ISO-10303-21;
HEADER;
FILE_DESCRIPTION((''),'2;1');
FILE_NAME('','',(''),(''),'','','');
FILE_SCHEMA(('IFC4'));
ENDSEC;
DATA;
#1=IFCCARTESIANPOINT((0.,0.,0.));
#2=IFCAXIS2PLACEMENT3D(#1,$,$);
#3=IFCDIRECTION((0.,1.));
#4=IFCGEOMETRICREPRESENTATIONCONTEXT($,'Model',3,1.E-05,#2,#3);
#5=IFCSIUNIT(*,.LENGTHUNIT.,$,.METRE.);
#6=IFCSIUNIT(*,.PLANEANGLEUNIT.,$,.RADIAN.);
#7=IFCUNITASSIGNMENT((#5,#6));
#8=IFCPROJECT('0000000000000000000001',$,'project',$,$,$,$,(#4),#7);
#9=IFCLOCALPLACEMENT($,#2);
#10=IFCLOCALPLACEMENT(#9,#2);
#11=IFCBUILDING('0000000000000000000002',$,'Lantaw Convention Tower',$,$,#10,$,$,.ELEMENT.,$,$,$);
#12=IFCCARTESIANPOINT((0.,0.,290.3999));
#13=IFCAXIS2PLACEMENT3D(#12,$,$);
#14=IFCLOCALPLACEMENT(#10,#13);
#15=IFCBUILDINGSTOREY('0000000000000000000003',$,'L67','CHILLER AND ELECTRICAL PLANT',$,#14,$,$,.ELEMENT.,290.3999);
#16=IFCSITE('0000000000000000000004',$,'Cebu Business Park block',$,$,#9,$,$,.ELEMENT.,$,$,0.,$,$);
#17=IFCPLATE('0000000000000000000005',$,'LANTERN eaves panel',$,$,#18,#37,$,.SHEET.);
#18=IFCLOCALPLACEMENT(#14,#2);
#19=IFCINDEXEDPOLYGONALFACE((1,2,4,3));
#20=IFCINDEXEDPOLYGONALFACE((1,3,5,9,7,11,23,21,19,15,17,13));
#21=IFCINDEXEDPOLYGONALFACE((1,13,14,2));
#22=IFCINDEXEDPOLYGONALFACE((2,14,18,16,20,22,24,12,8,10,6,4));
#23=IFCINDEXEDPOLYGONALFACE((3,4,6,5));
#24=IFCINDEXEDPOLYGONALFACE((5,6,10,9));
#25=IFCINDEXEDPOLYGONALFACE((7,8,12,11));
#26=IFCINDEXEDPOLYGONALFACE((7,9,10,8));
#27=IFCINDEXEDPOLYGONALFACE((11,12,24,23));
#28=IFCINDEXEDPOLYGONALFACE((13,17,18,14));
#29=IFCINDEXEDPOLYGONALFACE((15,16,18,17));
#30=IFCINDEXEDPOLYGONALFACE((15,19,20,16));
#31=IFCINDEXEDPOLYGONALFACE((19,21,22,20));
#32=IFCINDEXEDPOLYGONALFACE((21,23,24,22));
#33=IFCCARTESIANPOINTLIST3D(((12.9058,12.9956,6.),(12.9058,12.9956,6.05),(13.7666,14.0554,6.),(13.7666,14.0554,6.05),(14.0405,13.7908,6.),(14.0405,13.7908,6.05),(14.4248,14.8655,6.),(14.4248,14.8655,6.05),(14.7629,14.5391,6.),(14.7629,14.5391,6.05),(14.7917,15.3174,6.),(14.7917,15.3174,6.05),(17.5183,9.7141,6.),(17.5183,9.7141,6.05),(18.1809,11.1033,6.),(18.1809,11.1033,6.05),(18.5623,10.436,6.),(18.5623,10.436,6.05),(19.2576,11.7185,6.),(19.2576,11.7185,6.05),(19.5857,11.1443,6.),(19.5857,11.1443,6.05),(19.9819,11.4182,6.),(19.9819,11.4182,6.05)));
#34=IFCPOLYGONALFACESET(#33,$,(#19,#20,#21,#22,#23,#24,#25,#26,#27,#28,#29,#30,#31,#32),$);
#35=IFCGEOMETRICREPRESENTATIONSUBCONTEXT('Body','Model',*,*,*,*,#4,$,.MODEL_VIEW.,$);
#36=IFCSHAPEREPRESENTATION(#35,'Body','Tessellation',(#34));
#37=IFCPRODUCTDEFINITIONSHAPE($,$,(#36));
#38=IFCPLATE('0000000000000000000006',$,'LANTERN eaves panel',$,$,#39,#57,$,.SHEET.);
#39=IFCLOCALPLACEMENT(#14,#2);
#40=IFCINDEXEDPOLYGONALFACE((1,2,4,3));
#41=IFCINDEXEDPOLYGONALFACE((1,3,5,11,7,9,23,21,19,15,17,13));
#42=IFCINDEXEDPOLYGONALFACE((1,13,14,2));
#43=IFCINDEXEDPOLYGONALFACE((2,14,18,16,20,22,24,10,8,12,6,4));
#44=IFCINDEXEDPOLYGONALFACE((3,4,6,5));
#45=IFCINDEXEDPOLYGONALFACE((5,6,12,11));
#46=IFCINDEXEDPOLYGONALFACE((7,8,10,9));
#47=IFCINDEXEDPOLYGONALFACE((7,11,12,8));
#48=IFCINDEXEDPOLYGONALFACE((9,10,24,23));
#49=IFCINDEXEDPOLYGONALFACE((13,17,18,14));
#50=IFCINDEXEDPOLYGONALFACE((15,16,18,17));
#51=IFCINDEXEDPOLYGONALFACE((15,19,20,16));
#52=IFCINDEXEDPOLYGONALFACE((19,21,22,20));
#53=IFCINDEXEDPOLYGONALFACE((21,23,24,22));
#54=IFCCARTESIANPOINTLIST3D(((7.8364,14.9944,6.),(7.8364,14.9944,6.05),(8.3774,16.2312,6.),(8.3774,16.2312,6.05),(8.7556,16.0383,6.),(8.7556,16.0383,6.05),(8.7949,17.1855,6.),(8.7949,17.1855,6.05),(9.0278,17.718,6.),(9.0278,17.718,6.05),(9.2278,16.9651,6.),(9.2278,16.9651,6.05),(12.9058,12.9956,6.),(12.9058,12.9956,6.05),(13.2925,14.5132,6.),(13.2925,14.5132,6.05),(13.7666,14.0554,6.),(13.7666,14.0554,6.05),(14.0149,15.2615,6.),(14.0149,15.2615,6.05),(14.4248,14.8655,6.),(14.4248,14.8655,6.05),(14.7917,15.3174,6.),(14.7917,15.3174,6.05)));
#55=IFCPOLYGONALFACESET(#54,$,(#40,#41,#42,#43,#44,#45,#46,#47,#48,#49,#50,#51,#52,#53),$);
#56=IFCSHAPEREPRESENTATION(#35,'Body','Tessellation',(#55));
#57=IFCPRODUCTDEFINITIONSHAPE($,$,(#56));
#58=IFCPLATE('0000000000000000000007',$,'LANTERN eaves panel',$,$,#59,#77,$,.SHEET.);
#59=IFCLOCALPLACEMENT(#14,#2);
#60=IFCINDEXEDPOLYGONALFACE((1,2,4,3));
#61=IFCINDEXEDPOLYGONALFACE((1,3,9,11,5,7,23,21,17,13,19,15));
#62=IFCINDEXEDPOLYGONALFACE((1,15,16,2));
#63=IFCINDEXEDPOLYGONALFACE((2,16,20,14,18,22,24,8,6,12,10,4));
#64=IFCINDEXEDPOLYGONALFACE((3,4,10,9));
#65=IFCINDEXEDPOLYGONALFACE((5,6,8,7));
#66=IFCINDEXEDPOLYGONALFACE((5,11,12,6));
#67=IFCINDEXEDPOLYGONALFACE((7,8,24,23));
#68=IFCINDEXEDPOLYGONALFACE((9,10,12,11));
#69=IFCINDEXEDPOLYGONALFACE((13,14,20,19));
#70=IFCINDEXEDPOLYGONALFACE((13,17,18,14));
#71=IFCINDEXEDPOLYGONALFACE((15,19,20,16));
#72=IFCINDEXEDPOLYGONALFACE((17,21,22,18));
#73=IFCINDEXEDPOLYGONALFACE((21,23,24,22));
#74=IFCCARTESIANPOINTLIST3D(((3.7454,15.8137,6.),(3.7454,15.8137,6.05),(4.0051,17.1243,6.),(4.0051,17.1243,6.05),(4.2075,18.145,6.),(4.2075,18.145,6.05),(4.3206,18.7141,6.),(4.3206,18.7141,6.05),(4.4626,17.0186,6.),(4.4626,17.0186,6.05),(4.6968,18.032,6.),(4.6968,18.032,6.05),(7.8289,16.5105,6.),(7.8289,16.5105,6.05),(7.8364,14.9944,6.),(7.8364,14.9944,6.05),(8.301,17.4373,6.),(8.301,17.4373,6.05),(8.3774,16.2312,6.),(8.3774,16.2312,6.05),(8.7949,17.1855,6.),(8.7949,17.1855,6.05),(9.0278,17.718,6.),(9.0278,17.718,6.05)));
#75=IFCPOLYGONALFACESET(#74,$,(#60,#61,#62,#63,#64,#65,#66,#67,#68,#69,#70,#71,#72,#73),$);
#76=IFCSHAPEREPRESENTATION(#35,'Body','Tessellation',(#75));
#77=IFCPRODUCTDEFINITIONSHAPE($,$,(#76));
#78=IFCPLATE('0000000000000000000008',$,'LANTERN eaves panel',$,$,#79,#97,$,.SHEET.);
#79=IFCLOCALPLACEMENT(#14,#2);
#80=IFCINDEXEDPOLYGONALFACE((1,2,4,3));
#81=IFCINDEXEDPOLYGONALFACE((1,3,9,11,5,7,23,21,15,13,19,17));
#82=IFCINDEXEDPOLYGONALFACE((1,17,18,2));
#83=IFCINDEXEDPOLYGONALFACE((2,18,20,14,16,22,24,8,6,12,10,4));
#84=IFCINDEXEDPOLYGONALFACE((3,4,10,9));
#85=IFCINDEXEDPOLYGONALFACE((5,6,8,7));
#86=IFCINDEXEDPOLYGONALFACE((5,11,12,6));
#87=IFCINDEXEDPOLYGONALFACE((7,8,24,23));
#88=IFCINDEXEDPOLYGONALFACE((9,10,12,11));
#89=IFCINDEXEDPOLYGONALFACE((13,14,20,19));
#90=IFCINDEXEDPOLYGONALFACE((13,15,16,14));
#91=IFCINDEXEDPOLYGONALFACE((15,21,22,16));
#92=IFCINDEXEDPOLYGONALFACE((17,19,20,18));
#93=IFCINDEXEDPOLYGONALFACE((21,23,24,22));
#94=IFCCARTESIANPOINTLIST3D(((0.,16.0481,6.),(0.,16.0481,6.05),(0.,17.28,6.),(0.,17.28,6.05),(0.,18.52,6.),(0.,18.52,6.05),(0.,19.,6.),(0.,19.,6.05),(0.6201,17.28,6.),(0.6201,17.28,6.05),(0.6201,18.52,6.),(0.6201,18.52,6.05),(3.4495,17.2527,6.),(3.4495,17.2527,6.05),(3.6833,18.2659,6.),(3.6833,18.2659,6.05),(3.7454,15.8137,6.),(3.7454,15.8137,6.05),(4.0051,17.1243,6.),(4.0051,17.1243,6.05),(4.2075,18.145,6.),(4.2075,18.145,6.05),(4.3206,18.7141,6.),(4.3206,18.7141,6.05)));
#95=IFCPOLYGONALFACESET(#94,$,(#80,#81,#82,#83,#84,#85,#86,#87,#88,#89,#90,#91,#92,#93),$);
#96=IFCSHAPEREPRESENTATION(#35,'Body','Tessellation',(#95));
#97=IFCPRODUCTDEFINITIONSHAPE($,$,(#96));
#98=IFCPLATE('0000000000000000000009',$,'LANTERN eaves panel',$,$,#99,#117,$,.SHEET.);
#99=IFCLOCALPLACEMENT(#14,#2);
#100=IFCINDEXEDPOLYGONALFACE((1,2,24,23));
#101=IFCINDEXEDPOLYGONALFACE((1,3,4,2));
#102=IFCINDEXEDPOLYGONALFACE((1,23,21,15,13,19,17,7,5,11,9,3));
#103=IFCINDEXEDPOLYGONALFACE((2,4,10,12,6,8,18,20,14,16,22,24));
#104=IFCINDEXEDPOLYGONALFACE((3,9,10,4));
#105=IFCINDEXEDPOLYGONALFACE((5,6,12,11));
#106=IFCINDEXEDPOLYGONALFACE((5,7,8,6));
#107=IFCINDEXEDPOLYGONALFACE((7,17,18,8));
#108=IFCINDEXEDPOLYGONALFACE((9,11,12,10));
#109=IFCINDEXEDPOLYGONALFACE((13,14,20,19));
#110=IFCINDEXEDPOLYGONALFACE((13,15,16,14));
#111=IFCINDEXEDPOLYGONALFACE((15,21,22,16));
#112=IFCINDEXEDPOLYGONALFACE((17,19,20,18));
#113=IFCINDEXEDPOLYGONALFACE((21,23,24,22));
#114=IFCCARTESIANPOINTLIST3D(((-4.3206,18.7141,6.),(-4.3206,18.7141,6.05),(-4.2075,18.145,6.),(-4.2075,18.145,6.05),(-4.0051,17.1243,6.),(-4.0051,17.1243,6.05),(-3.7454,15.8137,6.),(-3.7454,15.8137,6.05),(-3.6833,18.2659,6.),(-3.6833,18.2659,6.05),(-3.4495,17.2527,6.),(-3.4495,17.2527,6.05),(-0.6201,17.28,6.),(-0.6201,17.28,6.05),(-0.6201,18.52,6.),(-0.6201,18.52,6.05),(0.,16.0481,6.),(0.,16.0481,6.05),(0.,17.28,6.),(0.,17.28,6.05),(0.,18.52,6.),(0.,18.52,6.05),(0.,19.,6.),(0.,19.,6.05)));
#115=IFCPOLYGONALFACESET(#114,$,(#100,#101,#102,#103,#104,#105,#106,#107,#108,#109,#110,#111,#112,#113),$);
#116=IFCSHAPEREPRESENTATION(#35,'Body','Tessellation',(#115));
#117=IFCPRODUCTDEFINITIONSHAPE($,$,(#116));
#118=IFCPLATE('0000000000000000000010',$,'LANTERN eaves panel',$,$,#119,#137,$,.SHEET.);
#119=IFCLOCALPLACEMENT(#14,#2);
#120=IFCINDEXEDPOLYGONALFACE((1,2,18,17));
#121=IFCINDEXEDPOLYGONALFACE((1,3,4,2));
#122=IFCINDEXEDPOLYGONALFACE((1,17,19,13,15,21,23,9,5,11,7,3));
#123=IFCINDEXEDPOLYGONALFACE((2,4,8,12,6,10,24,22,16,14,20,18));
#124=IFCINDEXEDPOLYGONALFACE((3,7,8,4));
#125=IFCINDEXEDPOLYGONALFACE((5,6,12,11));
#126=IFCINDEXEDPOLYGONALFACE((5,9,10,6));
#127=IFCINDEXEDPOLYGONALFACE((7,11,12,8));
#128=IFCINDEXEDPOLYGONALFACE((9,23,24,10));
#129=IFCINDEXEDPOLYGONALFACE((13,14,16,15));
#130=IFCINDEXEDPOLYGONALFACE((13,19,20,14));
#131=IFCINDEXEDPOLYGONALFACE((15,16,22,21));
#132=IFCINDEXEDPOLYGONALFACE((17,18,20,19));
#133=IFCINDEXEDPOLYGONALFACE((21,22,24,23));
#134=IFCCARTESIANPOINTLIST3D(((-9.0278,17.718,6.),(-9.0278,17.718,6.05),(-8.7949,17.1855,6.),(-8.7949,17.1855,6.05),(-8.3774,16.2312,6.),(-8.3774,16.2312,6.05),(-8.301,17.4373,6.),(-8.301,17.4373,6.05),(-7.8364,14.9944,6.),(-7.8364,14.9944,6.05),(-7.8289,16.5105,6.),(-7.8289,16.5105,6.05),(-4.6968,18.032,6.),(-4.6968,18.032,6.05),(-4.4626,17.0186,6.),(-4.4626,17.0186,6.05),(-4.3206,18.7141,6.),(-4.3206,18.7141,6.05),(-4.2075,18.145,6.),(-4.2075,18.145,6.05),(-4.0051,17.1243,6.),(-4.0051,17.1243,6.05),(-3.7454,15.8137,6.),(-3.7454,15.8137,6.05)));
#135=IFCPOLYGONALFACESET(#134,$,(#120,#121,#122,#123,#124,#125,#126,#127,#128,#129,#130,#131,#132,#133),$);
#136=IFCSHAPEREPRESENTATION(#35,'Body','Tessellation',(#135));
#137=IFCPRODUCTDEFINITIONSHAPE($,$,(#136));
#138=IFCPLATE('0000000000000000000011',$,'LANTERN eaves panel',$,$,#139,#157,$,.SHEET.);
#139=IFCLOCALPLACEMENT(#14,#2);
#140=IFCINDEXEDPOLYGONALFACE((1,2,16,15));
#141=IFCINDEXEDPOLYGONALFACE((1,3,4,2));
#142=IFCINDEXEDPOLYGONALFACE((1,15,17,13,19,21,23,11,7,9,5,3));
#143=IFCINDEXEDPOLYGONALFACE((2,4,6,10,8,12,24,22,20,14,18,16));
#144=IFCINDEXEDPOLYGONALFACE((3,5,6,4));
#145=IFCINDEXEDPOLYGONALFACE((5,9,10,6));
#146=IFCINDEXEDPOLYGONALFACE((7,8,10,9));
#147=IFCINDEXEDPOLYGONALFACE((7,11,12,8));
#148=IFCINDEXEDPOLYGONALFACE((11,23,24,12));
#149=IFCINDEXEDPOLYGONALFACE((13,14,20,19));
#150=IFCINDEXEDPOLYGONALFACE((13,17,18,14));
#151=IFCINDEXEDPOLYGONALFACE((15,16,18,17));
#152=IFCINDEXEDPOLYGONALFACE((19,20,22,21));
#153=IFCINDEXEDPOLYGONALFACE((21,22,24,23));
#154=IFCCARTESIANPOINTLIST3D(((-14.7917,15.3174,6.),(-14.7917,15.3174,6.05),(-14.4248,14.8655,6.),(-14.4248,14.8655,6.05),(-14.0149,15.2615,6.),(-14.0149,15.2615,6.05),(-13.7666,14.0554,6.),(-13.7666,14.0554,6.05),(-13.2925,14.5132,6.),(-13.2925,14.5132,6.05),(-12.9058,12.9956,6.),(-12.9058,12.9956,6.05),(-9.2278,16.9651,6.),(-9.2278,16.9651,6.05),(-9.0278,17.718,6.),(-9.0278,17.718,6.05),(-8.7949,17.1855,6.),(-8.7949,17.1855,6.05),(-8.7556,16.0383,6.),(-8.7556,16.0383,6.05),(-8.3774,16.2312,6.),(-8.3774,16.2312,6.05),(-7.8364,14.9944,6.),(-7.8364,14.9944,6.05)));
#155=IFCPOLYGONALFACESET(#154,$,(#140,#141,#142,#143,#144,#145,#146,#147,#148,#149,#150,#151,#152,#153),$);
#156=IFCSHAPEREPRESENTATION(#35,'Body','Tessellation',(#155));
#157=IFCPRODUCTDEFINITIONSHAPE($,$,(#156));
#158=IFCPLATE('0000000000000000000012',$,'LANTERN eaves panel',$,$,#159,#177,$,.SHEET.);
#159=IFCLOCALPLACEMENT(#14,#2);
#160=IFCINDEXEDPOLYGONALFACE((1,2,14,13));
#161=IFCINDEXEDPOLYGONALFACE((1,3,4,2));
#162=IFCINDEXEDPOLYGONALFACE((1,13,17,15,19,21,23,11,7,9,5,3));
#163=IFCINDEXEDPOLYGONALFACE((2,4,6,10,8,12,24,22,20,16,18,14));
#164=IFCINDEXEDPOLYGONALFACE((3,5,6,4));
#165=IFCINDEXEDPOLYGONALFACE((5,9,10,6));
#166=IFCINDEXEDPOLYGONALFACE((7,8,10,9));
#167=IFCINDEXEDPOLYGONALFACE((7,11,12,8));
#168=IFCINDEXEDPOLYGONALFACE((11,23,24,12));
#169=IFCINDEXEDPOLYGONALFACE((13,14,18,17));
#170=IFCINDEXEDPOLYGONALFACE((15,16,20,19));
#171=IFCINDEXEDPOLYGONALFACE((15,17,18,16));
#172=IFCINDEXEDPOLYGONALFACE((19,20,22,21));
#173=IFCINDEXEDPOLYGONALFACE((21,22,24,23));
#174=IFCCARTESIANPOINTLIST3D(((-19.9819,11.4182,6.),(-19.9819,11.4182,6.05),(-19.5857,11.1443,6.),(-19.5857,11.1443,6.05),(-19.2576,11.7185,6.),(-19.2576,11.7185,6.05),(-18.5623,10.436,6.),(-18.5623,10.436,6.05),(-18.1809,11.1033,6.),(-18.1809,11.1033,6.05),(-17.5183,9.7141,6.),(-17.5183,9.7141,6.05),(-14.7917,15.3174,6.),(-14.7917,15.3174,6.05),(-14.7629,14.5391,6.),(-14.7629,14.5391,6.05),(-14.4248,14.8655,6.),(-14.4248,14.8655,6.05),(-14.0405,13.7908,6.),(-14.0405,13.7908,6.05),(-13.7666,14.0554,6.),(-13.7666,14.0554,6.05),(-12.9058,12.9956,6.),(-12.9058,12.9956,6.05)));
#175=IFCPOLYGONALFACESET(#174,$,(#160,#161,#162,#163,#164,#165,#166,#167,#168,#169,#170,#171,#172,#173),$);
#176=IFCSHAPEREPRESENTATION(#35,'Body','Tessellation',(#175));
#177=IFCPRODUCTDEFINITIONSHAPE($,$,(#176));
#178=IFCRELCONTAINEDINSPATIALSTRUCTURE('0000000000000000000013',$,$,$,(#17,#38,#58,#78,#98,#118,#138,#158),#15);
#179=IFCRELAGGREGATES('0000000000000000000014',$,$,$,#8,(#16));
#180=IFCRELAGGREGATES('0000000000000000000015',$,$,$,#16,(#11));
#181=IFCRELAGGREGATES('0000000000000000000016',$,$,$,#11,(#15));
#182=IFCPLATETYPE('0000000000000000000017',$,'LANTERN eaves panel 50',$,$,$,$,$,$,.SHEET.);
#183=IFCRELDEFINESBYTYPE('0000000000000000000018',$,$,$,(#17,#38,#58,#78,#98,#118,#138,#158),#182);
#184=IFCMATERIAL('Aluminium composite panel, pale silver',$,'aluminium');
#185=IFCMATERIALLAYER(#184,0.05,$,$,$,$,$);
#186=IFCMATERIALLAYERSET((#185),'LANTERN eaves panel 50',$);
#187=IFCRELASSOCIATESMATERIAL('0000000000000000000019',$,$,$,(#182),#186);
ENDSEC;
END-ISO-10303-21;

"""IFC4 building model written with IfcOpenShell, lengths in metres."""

from ifc_helpers import new_model, si_unit, direction, frame, origin, place, context, subcontext, project, spatial, polyline, outline, extrude, material, layer, layer_set, type_object, element, save


model = new_model("IFC4")

# Units and contexts
model_context = context("Model", 3, precision=1e-05, world=origin(), true_north=direction((0.0, 1.0)))
body_context = subcontext(model_context, "Body", "Model", "MODEL_VIEW")
ifc_project = project(units=[si_unit("LENGTHUNIT", "METRE"), si_unit("PLANEANGLEUNIT", "RADIAN")], contexts=[model_context])

# Site, building, storey
site_placement = place(None, origin())
site = spatial("IfcSite", under=ifc_project, at=site_placement, Name="Cebu Business Park block", CompositionType="ELEMENT", RefElevation=0.0)
building_placement = place(site_placement, origin())
building = spatial("IfcBuilding", under=site, at=building_placement, Name="Lantaw Convention Tower", CompositionType="ELEMENT")
storey_placement = place(building_placement, frame((0.0, 0.0, 290.3999)))
storey = spatial("IfcBuildingStorey", under=building, at=storey_placement, Name="L67", Description="CHILLER AND ELECTRICAL PLANT", CompositionType="ELEMENT", Elevation=290.3999)

# Plates
ifc_material_1 = material(Name="Aluminium composite panel, pale silver", Category="aluminium")
ifc_layer_1 = layer(ifc_material_1, 0.05)
ifc_layer_set_1 = layer_set([ifc_layer_1], Name="LANTERN eaves panel 50")
plate_type_1 = type_object("IfcPlateType", Name="LANTERN eaves panel 50", PredefinedType="SHEET", material=ifc_layer_set_1)
plate_1_placement = place(storey_placement, frame((0.0, 0.0, 6.0)))
element("IfcPlate", 1, at=plate_1_placement, inside=storey, type_object=plate_type_1, Name="LANTERN eaves panel", PredefinedType="SHEET", context=body_context, shape_type="SweptSolid", body=[
    extrude(outline(polyline([(17.5183, 9.7141), (18.5623, 10.436), (18.1809, 11.1033), (19.2576, 11.7185), (19.5857, 11.1443), (19.9819, 11.4182), (14.7917, 15.3174), (14.4248, 14.8655), (14.7629, 14.5391), (14.0405, 13.7908), (13.7666, 14.0554), (12.9058, 12.9956), (17.5183, 9.7141)])), origin(), (0.0, 0.0, 1.0), 0.05),
])
plate_2_placement = place(storey_placement, frame((0.0, 0.0, 6.0)))
element("IfcPlate", 2, at=plate_2_placement, inside=storey, type_object=plate_type_1, Name="LANTERN eaves panel", PredefinedType="SHEET", context=body_context, shape_type="SweptSolid", body=[
    extrude(outline(polyline([(12.9058, 12.9956), (13.7666, 14.0554), (13.2925, 14.5132), (14.0149, 15.2615), (14.4248, 14.8655), (14.7917, 15.3174), (9.0278, 17.718), (8.7949, 17.1855), (9.2278, 16.9651), (8.7556, 16.0383), (8.3774, 16.2312), (7.8364, 14.9944), (12.9058, 12.9956)])), origin(), (0.0, 0.0, 1.0), 0.05),
])
plate_3_placement = place(storey_placement, frame((0.0, 0.0, 6.0)))
element("IfcPlate", 3, at=plate_3_placement, inside=storey, type_object=plate_type_1, Name="LANTERN eaves panel", PredefinedType="SHEET", context=body_context, shape_type="SweptSolid", body=[
    extrude(outline(polyline([(7.8364, 14.9944), (8.3774, 16.2312), (7.8289, 16.5105), (8.301, 17.4373), (8.7949, 17.1855), (9.0278, 17.718), (4.3206, 18.7141), (4.2075, 18.145), (4.6968, 18.032), (4.4626, 17.0186), (4.0051, 17.1243), (3.7454, 15.8137), (7.8364, 14.9944)])), origin(), (0.0, 0.0, 1.0), 0.05),
])
plate_4_placement = place(storey_placement, frame((0.0, 0.0, 6.0)))
element("IfcPlate", 4, at=plate_4_placement, inside=storey, type_object=plate_type_1, Name="LANTERN eaves panel", PredefinedType="SHEET", context=body_context, shape_type="SweptSolid", body=[
    extrude(outline(polyline([(3.7454, 15.8137), (4.0051, 17.1243), (3.4495, 17.2527), (3.6833, 18.2659), (4.2075, 18.145), (4.3206, 18.7141), (0.0, 19.0), (0.0, 18.52), (0.6201, 18.52), (0.6201, 17.28), (0.0, 17.28), (0.0, 16.0481), (3.7454, 15.8137)])), origin(), (0.0, 0.0, 1.0), 0.05),
])
plate_5_placement = place(storey_placement, frame((0.0, 0.0, 6.0)))
element("IfcPlate", 5, at=plate_5_placement, inside=storey, type_object=plate_type_1, Name="LANTERN eaves panel", PredefinedType="SHEET", context=body_context, shape_type="SweptSolid", body=[
    extrude(outline(polyline([(0.0, 16.0481), (0.0, 17.28), (-0.6201, 17.28), (-0.6201, 18.52), (0.0, 18.52), (0.0, 19.0), (-4.3206, 18.7141), (-4.2075, 18.145), (-3.6833, 18.2659), (-3.4495, 17.2527), (-4.0051, 17.1243), (-3.7454, 15.8137), (0.0, 16.0481)])), origin(), (0.0, 0.0, 1.0), 0.05),
])
plate_6_placement = place(storey_placement, frame((0.0, 0.0, 6.0)))
element("IfcPlate", 6, at=plate_6_placement, inside=storey, type_object=plate_type_1, Name="LANTERN eaves panel", PredefinedType="SHEET", context=body_context, shape_type="SweptSolid", body=[
    extrude(outline(polyline([(-3.7454, 15.8137), (-4.0051, 17.1243), (-4.4626, 17.0186), (-4.6968, 18.032), (-4.2075, 18.145), (-4.3206, 18.7141), (-9.0278, 17.718), (-8.7949, 17.1855), (-8.301, 17.4373), (-7.8289, 16.5105), (-8.3774, 16.2312), (-7.8364, 14.9944), (-3.7454, 15.8137)])), origin(), (0.0, 0.0, 1.0), 0.05),
])
plate_7_placement = place(storey_placement, frame((0.0, 0.0, 6.0)))
element("IfcPlate", 7, at=plate_7_placement, inside=storey, type_object=plate_type_1, Name="LANTERN eaves panel", PredefinedType="SHEET", context=body_context, shape_type="SweptSolid", body=[
    extrude(outline(polyline([(-7.8364, 14.9944), (-8.3774, 16.2312), (-8.7556, 16.0383), (-9.2278, 16.9651), (-8.7949, 17.1855), (-9.0278, 17.718), (-14.7917, 15.3174), (-14.4248, 14.8655), (-14.0149, 15.2615), (-13.2925, 14.5132), (-13.7666, 14.0554), (-12.9058, 12.9956), (-7.8364, 14.9944)])), origin(), (0.0, 0.0, 1.0), 0.05),
])
plate_8_placement = place(storey_placement, frame((0.0, 0.0, 6.0)))
element("IfcPlate", 8, at=plate_8_placement, inside=storey, type_object=plate_type_1, Name="LANTERN eaves panel", PredefinedType="SHEET", context=body_context, shape_type="SweptSolid", body=[
    extrude(outline(polyline([(-12.9058, 12.9956), (-13.7666, 14.0554), (-14.0405, 13.7908), (-14.7629, 14.5391), (-14.4248, 14.8655), (-14.7917, 15.3174), (-19.9819, 11.4182), (-19.5857, 11.1443), (-19.2576, 11.7185), (-18.1809, 11.1033), (-18.5623, 10.436), (-17.5183, 9.7141), (-12.9058, 12.9956)])), origin(), (0.0, 0.0, 1.0), 0.05),
])

save(model, "model.ifc")
